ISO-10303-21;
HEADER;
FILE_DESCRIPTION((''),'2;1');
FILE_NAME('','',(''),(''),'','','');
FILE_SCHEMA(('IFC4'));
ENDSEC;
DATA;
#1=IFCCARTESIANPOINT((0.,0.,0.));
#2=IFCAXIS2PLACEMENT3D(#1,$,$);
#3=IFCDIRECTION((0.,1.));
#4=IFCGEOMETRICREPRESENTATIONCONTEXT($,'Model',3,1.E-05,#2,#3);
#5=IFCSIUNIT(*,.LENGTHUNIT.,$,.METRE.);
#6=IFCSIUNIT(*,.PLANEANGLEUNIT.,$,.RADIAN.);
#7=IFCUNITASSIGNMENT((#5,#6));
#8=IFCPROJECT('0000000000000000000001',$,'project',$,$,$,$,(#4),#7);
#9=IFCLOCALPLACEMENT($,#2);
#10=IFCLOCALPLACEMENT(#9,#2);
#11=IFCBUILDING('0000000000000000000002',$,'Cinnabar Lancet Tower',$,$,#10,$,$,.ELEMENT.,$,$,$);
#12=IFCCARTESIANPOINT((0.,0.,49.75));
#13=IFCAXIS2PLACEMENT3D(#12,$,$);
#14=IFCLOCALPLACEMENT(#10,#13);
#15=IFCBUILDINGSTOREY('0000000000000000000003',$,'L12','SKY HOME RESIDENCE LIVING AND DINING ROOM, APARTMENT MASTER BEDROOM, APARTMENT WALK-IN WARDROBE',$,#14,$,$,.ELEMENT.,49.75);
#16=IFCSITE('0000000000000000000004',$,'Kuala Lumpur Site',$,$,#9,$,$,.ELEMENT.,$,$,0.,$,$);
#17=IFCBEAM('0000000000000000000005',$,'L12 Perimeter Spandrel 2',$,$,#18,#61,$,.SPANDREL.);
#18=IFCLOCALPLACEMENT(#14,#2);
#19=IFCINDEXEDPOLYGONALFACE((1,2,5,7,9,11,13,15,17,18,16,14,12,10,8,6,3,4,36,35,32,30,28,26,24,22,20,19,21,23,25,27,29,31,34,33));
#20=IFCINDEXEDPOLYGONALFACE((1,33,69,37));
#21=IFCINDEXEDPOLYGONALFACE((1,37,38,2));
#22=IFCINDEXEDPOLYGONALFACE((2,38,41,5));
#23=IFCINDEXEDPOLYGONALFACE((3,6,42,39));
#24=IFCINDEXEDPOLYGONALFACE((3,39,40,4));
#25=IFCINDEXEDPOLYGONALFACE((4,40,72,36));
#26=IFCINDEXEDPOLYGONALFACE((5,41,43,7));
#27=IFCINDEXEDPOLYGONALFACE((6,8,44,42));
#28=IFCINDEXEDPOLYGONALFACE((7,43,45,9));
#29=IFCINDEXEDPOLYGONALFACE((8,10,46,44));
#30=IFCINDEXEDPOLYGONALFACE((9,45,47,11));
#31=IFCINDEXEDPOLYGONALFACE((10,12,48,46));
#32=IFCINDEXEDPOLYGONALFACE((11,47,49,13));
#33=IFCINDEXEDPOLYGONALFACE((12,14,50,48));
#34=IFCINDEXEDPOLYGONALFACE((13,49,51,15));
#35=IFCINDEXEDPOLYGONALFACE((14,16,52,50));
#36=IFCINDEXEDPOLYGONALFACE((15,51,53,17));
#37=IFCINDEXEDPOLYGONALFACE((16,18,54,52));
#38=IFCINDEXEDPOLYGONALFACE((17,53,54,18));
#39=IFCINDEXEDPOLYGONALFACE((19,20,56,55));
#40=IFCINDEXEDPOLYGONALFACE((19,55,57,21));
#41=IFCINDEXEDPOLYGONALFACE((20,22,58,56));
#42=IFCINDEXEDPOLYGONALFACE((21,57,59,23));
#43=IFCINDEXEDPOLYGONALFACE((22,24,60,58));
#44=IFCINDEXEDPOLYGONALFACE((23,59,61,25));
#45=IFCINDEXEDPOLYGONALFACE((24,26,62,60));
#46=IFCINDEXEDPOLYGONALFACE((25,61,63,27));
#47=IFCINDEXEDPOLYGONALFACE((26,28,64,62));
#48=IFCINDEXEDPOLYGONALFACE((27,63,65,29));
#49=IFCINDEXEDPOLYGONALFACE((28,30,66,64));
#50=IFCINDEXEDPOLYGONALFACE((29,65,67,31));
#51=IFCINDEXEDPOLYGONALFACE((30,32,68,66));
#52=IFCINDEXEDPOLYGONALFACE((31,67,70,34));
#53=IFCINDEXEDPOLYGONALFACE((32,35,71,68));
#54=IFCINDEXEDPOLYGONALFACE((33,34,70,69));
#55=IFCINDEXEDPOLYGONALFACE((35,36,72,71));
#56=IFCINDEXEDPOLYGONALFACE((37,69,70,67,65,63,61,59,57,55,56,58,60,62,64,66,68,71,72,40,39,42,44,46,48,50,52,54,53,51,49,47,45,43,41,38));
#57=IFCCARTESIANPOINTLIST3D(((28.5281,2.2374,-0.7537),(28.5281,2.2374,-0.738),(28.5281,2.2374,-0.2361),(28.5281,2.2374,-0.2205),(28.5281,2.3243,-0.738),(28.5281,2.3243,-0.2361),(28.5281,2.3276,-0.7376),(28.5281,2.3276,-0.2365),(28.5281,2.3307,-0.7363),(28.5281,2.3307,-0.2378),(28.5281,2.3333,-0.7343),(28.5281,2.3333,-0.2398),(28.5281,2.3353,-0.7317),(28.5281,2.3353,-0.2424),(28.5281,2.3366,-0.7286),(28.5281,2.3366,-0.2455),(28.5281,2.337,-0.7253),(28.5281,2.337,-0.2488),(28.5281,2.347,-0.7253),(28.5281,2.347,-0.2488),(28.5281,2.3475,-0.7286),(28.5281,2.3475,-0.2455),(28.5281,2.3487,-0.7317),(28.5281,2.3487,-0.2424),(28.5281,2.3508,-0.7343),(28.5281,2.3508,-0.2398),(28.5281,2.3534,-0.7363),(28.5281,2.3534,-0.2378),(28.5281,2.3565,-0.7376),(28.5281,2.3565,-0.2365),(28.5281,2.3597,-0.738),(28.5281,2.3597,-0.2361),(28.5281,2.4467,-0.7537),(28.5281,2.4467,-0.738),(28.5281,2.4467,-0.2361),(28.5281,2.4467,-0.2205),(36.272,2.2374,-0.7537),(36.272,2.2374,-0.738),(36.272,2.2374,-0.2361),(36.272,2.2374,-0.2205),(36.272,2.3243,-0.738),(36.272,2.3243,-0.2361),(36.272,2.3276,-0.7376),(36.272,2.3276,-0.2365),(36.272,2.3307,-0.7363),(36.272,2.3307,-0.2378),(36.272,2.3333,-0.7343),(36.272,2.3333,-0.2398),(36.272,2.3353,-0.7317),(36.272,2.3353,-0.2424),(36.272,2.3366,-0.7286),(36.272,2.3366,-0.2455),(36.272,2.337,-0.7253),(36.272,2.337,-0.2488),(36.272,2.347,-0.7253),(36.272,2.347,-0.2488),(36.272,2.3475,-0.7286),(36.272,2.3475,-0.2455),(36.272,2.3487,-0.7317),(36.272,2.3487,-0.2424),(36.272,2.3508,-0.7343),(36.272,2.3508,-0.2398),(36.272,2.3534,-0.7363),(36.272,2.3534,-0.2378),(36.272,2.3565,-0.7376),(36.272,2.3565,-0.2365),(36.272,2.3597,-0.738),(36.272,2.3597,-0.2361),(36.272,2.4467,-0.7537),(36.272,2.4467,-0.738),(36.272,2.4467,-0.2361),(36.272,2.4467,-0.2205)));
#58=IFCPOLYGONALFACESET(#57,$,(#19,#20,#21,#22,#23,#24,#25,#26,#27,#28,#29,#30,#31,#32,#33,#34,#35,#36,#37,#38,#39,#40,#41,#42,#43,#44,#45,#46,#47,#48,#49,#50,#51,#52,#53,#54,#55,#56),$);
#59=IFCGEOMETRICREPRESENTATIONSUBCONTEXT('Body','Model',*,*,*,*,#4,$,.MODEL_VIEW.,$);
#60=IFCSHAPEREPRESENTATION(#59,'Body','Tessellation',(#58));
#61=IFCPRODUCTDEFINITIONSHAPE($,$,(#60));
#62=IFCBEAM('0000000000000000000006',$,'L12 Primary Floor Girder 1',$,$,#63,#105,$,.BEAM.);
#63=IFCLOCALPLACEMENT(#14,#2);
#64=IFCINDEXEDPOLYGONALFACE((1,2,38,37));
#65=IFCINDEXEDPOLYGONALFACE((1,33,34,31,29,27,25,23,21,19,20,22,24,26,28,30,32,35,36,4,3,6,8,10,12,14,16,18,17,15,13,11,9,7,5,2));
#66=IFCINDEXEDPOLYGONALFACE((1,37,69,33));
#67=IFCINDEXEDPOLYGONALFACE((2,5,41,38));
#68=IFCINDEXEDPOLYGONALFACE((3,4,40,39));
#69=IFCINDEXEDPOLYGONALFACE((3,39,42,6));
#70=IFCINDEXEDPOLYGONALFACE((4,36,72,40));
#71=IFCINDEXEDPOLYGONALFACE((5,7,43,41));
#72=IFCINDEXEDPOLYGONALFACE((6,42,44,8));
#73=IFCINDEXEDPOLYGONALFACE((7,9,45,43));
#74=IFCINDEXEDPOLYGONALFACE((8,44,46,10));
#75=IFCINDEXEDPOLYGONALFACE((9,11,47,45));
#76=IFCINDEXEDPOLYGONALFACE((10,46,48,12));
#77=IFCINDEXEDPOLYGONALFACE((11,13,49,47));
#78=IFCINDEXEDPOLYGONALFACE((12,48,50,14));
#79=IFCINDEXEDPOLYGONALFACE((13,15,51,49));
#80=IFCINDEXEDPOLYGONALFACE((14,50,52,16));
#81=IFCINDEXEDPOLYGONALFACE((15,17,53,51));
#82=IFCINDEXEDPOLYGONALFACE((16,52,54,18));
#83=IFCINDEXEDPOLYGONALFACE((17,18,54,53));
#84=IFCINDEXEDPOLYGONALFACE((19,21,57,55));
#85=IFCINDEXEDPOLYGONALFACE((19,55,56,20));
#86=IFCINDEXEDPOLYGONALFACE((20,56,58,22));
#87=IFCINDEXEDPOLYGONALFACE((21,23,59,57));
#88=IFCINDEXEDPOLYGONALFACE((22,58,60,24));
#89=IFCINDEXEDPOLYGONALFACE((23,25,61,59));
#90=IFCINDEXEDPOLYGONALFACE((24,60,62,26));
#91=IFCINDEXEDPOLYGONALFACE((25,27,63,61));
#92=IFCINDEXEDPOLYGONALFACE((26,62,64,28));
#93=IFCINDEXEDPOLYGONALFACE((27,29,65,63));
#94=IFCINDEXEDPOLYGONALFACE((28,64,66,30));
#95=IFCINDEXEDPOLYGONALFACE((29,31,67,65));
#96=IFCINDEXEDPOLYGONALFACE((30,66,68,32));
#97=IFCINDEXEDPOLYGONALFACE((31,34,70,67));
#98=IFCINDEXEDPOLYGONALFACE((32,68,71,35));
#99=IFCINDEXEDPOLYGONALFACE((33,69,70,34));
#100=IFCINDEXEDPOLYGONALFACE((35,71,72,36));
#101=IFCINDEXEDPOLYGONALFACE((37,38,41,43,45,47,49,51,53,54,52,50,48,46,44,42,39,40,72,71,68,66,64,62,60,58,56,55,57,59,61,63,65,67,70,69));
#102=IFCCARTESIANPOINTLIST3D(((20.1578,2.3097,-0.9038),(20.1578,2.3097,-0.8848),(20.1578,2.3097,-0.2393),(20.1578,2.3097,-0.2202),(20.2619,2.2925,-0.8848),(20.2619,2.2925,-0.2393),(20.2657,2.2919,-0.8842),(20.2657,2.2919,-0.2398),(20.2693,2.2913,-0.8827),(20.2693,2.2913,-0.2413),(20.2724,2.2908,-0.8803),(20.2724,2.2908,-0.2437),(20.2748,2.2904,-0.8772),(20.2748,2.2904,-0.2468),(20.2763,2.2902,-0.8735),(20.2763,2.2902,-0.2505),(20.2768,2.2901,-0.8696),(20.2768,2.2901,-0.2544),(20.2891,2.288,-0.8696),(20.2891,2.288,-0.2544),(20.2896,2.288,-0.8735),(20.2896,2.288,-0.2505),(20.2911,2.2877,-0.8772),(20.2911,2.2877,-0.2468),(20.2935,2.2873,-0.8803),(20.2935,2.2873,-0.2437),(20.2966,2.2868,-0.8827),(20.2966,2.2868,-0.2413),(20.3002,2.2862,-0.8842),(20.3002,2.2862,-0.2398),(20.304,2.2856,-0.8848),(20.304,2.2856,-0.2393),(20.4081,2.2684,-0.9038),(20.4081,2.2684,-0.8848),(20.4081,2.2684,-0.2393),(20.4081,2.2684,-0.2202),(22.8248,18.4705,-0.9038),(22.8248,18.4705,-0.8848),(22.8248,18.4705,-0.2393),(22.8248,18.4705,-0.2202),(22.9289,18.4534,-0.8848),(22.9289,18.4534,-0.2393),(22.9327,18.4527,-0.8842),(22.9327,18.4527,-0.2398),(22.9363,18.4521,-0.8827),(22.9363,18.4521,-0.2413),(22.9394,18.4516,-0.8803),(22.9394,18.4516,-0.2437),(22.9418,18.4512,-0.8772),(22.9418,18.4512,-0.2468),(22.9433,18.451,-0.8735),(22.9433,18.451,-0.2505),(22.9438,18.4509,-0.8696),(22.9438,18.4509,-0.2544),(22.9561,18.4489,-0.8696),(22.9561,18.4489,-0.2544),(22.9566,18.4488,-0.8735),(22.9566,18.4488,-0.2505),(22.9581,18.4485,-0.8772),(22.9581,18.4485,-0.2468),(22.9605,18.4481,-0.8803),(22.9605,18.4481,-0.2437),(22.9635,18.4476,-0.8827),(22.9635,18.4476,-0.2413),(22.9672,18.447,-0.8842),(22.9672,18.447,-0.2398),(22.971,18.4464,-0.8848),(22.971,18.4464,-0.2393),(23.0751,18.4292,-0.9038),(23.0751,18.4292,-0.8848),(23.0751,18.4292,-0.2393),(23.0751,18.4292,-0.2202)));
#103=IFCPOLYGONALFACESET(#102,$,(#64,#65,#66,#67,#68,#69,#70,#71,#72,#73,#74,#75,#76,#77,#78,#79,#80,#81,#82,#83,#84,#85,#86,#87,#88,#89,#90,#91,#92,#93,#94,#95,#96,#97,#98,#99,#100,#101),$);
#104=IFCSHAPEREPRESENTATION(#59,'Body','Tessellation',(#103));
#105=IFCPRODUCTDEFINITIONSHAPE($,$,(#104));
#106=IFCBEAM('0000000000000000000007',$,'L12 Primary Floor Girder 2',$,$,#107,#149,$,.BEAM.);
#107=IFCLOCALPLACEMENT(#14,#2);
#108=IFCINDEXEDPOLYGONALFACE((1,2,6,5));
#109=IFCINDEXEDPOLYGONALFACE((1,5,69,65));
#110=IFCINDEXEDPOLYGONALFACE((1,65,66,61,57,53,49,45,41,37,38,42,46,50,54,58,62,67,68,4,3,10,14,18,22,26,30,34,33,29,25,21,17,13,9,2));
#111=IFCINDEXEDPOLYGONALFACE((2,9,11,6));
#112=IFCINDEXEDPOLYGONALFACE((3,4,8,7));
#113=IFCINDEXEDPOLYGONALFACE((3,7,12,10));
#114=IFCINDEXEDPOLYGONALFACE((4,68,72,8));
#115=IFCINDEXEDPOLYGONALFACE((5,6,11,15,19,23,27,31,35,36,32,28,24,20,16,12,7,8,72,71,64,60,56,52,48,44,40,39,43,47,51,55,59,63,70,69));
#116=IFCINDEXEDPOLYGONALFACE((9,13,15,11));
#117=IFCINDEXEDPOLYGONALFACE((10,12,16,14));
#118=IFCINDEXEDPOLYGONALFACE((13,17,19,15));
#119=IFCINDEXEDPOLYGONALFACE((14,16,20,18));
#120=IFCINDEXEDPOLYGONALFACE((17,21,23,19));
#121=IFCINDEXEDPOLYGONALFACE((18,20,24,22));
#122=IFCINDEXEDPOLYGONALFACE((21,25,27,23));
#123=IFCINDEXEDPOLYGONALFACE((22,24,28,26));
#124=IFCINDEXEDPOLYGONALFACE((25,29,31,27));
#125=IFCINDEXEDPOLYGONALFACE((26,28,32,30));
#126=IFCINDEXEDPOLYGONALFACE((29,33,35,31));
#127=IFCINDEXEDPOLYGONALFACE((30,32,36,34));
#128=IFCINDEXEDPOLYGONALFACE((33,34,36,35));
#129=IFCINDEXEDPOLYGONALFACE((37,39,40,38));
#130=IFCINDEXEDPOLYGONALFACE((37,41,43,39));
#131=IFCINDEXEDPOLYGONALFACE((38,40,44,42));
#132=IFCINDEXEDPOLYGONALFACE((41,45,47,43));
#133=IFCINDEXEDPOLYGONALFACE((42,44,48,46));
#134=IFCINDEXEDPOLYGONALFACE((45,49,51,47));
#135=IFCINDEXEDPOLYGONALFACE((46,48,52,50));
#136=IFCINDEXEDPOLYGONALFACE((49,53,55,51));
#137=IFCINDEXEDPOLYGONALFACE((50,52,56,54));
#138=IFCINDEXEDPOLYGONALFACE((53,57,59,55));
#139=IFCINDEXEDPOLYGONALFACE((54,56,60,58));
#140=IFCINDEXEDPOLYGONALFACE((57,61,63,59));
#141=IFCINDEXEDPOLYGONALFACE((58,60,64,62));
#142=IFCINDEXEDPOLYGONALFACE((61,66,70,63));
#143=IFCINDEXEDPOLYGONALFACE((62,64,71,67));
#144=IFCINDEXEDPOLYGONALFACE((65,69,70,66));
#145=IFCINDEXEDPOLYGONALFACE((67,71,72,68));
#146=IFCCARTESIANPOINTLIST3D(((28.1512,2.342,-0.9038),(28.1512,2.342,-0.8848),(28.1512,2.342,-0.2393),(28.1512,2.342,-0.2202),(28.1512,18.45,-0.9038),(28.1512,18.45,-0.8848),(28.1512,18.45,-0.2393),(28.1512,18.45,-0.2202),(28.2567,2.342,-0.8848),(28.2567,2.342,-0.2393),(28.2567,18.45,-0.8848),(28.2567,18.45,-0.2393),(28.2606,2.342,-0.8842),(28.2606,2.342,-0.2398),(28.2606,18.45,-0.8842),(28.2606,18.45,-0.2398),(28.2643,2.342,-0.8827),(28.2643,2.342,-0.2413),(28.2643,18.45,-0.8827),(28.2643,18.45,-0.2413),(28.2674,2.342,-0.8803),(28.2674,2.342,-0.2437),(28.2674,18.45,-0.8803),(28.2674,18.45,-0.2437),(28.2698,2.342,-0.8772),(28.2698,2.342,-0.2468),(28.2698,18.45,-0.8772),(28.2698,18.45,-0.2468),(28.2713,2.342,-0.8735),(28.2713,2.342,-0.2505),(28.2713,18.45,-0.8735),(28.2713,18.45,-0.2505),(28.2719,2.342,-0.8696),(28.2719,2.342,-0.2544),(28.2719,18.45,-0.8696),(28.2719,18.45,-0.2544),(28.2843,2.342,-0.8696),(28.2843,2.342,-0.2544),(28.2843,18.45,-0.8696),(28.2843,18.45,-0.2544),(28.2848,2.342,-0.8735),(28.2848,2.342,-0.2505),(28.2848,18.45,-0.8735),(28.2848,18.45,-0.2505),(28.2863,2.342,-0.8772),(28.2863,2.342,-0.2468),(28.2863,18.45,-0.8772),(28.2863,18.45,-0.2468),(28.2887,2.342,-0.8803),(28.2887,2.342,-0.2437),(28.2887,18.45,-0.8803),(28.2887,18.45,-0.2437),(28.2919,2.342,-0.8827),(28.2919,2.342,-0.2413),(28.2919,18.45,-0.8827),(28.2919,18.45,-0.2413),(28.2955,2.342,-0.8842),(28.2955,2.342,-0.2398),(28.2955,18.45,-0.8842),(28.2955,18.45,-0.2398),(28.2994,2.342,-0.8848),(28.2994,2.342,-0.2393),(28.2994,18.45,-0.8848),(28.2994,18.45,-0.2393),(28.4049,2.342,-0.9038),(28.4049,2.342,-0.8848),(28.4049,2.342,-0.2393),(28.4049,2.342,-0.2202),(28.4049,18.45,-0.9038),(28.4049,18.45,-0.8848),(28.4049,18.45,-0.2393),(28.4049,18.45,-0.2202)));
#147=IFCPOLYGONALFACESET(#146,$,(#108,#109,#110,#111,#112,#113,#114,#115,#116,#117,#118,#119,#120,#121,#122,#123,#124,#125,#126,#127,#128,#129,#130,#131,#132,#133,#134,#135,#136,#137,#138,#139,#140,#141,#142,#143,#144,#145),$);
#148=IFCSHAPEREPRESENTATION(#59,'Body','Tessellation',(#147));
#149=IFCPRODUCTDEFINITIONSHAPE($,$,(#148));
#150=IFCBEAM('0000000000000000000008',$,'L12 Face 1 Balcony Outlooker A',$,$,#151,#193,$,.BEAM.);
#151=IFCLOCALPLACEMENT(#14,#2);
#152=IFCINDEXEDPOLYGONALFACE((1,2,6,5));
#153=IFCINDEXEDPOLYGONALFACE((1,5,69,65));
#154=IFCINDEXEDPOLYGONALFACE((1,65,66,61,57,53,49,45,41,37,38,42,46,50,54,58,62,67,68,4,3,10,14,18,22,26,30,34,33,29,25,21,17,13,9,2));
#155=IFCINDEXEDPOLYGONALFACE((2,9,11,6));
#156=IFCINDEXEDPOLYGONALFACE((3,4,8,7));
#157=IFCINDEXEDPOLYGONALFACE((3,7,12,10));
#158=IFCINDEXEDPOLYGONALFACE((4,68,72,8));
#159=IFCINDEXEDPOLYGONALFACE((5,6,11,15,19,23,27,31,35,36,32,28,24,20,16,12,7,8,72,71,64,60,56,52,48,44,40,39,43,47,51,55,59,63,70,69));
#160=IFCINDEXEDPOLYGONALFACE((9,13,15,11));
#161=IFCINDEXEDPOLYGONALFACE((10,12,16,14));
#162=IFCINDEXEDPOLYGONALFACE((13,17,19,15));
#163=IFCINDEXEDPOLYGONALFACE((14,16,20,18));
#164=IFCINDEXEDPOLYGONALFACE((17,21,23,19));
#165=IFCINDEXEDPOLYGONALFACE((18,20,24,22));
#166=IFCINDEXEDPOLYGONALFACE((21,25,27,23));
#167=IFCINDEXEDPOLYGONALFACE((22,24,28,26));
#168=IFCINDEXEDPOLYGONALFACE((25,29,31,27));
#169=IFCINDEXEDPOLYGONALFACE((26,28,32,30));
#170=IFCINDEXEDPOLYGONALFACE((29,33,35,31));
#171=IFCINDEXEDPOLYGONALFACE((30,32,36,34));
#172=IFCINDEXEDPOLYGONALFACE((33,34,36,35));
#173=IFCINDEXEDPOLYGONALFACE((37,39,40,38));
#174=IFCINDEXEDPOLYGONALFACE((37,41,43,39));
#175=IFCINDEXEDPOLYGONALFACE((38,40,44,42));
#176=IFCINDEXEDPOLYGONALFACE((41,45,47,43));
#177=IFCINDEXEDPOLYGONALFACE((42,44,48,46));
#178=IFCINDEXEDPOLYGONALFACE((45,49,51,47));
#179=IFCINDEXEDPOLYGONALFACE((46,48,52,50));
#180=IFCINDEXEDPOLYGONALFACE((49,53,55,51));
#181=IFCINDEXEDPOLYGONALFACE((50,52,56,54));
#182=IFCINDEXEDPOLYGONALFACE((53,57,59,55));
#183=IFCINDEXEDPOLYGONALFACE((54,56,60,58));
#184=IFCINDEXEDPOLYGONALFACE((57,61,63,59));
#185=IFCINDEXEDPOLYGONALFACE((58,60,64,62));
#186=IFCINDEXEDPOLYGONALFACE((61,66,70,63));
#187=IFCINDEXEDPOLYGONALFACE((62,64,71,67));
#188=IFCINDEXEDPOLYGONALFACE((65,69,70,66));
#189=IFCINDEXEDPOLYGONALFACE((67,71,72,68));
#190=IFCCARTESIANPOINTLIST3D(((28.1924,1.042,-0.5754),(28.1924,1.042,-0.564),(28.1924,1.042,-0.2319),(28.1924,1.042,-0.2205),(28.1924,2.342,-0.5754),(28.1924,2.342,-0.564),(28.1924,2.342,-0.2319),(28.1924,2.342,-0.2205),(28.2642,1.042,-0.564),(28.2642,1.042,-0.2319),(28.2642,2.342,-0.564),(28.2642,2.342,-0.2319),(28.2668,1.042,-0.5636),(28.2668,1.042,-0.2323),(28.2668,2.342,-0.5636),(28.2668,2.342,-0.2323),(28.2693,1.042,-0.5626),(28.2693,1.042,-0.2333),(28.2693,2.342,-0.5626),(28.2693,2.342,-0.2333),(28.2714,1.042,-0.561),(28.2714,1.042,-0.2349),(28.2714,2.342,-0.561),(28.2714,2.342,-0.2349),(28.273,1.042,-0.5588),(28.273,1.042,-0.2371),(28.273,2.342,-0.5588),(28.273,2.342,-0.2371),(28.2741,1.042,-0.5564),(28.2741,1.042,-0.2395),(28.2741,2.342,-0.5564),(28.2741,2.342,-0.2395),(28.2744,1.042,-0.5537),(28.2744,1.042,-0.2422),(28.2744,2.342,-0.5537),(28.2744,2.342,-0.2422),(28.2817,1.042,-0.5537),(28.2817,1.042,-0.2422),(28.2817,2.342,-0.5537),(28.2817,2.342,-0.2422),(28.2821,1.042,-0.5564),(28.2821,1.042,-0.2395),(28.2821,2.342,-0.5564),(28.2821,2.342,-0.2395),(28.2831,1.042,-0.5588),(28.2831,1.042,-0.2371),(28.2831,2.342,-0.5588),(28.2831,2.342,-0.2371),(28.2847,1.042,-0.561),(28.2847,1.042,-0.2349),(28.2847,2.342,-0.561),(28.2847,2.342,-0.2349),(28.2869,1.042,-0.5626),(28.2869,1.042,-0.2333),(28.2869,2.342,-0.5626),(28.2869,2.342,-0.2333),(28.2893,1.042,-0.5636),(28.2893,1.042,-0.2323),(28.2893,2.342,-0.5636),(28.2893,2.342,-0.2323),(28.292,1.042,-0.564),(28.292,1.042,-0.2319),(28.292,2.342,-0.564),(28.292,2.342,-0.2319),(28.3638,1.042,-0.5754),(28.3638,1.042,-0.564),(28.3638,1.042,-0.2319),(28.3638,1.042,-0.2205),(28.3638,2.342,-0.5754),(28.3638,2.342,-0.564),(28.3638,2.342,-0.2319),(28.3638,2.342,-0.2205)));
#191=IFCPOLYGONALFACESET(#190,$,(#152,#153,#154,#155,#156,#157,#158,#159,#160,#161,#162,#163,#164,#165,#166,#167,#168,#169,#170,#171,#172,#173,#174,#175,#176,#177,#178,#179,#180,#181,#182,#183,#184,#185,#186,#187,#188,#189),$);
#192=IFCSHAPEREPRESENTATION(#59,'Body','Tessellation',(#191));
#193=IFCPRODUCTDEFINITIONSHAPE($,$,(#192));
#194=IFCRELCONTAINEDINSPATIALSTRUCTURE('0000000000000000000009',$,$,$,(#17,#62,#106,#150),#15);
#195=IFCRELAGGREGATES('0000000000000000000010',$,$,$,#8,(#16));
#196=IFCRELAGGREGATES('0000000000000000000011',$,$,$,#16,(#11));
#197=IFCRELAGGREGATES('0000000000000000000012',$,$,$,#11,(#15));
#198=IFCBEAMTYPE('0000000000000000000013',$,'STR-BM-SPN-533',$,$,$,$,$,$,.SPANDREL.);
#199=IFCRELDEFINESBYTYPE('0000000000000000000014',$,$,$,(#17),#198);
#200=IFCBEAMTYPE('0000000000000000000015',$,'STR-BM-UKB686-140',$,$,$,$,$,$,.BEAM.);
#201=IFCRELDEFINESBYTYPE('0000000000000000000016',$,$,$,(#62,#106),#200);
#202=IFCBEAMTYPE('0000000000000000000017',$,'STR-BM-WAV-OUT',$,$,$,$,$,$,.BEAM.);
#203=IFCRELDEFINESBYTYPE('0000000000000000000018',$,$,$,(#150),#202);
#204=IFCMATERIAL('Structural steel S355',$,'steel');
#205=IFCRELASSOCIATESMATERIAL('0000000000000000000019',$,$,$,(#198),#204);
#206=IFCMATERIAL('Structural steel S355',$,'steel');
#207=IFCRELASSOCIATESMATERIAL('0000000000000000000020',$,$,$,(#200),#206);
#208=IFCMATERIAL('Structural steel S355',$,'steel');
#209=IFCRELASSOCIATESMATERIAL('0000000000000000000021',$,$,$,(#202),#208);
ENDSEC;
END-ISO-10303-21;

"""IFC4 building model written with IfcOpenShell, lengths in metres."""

from ifc_helpers import new_model, si_unit, direction, frame, origin, origin_2d, place, context, subcontext, project, spatial, i_section, extrude, material, material_profile, profile_set, type_object, element, save


model = new_model("IFC4")

# Units and contexts
model_context = context("Model", 3, precision=1e-05, world=origin(), true_north=direction((0.0, 1.0)))
body_context = subcontext(model_context, "Body", "Model", "MODEL_VIEW")
ifc_project = project(units=[si_unit("LENGTHUNIT", "METRE"), si_unit("PLANEANGLEUNIT", "RADIAN")], contexts=[model_context])

# Site, building, storey
site_placement = place(None, origin())
site = spatial("IfcSite", under=ifc_project, at=site_placement, Name="Kuala Lumpur Site", CompositionType="ELEMENT", RefElevation=0.0)
building_placement = place(site_placement, origin())
building = spatial("IfcBuilding", under=site, at=building_placement, Name="Cinnabar Lancet Tower", CompositionType="ELEMENT")
storey_placement = place(building_placement, frame((0.0, 0.0, 49.75)))
storey = spatial("IfcBuildingStorey", under=building, at=storey_placement, Name="L12", Description="SKY HOME RESIDENCE LIVING AND DINING ROOM, APARTMENT MASTER BEDROOM, APARTMENT WALK-IN WARDROBE", CompositionType="ELEMENT", Elevation=49.75)

# Beams
ifc_material_1 = material(Name="Structural steel S355", Category="steel")
ifc_material_profile_1 = material_profile(ifc_material_1, i_section(OverallWidth=0.2092, OverallDepth=0.5332, WebThickness=0.01, FlangeThickness=0.0156, FilletRadius=0.0127, at=origin_2d()), Name="UKB 533x210x92")
ifc_profile_set_1 = profile_set([ifc_material_profile_1], Name="Structural steel S355")
beam_type_1 = type_object("IfcBeamType", Name="STR-BM-SPN-533", PredefinedType="SPANDREL", material=ifc_profile_set_1)
beam_1_placement = place(storey_placement, frame((28.5281, 2.342, -0.4871), z_axis=(1.0, 0.0, 0.0), x_axis=(0.0, 1.0, 0.0)))
element("IfcBeam", 1, at=beam_1_placement, inside=storey, type_object=beam_type_1, Name="L12 Perimeter Spandrel 2", PredefinedType="SPANDREL", context=body_context, shape_type="SweptSolid", body=[
    extrude(i_section(OverallWidth=0.2092, OverallDepth=0.5332, WebThickness=0.01, FlangeThickness=0.0156, FilletRadius=0.0127, at=origin_2d()), origin(), (0.0, 0.0, 1.0), 7.7439),
])
ifc_material_2 = material(Name="Structural steel S355", Category="steel")
ifc_material_profile_2 = material_profile(ifc_material_2, i_section(OverallWidth=0.2537, OverallDepth=0.6836, WebThickness=0.0125, FlangeThickness=0.019, FilletRadius=0.0151, at=origin_2d()), Name="UKB 686x254x140")
ifc_profile_set_2 = profile_set([ifc_material_profile_2], Name="Structural steel S355")
beam_type_2 = type_object("IfcBeamType", Name="STR-BM-UKB686-140", PredefinedType="BEAM", material=ifc_profile_set_2)
beam_2_placement = place(storey_placement, frame((20.283, 2.2891, -0.562), z_axis=(0.162825, 0.986655, 0.0), x_axis=(-0.986655, 0.162825, 0.0)))
element("IfcBeam", 2, at=beam_2_placement, inside=storey, type_object=beam_type_2, Name="L12 Primary Floor Girder 1", PredefinedType="BEAM", context=body_context, shape_type="SweptSolid", body=[
    extrude(i_section(OverallWidth=0.2537, OverallDepth=0.6836, WebThickness=0.0125, FlangeThickness=0.019, FilletRadius=0.0151, at=origin_2d()), origin(), (0.0, 0.0, 1.0), 16.3794),
])
beam_3_placement = place(storey_placement, frame((28.2781, 2.342, -0.562), z_axis=(0.0, 1.0, 0.0), x_axis=(-1.0, 0.0, 0.0)))
element("IfcBeam", 3, at=beam_3_placement, inside=storey, type_object=beam_type_2, Name="L12 Primary Floor Girder 2", PredefinedType="BEAM", context=body_context, shape_type="SweptSolid", body=[
    extrude(i_section(OverallWidth=0.2537, OverallDepth=0.6836, WebThickness=0.0125, FlangeThickness=0.019, FilletRadius=0.0151, at=origin_2d()), origin(), (0.0, 0.0, 1.0), 16.1079),
])
ifc_material_3 = material(Name="Structural steel S355", Category="steel")
ifc_material_profile_3 = material_profile(ifc_material_3, i_section(OverallWidth=0.1714, OverallDepth=0.355, WebThickness=0.0073, FlangeThickness=0.0115, FilletRadius=0.0103, at=origin_2d()), Name="UKB 356x171x51")
ifc_profile_set_3 = profile_set([ifc_material_profile_3], Name="Structural steel S355")
beam_type_3 = type_object("IfcBeamType", Name="STR-BM-WAV-OUT", PredefinedType="BEAM", material=ifc_profile_set_3)
beam_4_placement = place(storey_placement, frame((28.2781, 2.342, -0.3979), z_axis=(0.0, -1.0, 0.0), x_axis=(1.0, 0.0, 0.0)))
element("IfcBeam", 4, at=beam_4_placement, inside=storey, type_object=beam_type_3, Name="L12 Face 1 Balcony Outlooker A", PredefinedType="BEAM", context=body_context, shape_type="SweptSolid", body=[
    extrude(i_section(OverallWidth=0.1714, OverallDepth=0.355, WebThickness=0.0073, FlangeThickness=0.0115, FilletRadius=0.0103, at=origin_2d()), origin(), (0.0, 0.0, 1.0), 1.3),
])

save(model, "model.ifc")
